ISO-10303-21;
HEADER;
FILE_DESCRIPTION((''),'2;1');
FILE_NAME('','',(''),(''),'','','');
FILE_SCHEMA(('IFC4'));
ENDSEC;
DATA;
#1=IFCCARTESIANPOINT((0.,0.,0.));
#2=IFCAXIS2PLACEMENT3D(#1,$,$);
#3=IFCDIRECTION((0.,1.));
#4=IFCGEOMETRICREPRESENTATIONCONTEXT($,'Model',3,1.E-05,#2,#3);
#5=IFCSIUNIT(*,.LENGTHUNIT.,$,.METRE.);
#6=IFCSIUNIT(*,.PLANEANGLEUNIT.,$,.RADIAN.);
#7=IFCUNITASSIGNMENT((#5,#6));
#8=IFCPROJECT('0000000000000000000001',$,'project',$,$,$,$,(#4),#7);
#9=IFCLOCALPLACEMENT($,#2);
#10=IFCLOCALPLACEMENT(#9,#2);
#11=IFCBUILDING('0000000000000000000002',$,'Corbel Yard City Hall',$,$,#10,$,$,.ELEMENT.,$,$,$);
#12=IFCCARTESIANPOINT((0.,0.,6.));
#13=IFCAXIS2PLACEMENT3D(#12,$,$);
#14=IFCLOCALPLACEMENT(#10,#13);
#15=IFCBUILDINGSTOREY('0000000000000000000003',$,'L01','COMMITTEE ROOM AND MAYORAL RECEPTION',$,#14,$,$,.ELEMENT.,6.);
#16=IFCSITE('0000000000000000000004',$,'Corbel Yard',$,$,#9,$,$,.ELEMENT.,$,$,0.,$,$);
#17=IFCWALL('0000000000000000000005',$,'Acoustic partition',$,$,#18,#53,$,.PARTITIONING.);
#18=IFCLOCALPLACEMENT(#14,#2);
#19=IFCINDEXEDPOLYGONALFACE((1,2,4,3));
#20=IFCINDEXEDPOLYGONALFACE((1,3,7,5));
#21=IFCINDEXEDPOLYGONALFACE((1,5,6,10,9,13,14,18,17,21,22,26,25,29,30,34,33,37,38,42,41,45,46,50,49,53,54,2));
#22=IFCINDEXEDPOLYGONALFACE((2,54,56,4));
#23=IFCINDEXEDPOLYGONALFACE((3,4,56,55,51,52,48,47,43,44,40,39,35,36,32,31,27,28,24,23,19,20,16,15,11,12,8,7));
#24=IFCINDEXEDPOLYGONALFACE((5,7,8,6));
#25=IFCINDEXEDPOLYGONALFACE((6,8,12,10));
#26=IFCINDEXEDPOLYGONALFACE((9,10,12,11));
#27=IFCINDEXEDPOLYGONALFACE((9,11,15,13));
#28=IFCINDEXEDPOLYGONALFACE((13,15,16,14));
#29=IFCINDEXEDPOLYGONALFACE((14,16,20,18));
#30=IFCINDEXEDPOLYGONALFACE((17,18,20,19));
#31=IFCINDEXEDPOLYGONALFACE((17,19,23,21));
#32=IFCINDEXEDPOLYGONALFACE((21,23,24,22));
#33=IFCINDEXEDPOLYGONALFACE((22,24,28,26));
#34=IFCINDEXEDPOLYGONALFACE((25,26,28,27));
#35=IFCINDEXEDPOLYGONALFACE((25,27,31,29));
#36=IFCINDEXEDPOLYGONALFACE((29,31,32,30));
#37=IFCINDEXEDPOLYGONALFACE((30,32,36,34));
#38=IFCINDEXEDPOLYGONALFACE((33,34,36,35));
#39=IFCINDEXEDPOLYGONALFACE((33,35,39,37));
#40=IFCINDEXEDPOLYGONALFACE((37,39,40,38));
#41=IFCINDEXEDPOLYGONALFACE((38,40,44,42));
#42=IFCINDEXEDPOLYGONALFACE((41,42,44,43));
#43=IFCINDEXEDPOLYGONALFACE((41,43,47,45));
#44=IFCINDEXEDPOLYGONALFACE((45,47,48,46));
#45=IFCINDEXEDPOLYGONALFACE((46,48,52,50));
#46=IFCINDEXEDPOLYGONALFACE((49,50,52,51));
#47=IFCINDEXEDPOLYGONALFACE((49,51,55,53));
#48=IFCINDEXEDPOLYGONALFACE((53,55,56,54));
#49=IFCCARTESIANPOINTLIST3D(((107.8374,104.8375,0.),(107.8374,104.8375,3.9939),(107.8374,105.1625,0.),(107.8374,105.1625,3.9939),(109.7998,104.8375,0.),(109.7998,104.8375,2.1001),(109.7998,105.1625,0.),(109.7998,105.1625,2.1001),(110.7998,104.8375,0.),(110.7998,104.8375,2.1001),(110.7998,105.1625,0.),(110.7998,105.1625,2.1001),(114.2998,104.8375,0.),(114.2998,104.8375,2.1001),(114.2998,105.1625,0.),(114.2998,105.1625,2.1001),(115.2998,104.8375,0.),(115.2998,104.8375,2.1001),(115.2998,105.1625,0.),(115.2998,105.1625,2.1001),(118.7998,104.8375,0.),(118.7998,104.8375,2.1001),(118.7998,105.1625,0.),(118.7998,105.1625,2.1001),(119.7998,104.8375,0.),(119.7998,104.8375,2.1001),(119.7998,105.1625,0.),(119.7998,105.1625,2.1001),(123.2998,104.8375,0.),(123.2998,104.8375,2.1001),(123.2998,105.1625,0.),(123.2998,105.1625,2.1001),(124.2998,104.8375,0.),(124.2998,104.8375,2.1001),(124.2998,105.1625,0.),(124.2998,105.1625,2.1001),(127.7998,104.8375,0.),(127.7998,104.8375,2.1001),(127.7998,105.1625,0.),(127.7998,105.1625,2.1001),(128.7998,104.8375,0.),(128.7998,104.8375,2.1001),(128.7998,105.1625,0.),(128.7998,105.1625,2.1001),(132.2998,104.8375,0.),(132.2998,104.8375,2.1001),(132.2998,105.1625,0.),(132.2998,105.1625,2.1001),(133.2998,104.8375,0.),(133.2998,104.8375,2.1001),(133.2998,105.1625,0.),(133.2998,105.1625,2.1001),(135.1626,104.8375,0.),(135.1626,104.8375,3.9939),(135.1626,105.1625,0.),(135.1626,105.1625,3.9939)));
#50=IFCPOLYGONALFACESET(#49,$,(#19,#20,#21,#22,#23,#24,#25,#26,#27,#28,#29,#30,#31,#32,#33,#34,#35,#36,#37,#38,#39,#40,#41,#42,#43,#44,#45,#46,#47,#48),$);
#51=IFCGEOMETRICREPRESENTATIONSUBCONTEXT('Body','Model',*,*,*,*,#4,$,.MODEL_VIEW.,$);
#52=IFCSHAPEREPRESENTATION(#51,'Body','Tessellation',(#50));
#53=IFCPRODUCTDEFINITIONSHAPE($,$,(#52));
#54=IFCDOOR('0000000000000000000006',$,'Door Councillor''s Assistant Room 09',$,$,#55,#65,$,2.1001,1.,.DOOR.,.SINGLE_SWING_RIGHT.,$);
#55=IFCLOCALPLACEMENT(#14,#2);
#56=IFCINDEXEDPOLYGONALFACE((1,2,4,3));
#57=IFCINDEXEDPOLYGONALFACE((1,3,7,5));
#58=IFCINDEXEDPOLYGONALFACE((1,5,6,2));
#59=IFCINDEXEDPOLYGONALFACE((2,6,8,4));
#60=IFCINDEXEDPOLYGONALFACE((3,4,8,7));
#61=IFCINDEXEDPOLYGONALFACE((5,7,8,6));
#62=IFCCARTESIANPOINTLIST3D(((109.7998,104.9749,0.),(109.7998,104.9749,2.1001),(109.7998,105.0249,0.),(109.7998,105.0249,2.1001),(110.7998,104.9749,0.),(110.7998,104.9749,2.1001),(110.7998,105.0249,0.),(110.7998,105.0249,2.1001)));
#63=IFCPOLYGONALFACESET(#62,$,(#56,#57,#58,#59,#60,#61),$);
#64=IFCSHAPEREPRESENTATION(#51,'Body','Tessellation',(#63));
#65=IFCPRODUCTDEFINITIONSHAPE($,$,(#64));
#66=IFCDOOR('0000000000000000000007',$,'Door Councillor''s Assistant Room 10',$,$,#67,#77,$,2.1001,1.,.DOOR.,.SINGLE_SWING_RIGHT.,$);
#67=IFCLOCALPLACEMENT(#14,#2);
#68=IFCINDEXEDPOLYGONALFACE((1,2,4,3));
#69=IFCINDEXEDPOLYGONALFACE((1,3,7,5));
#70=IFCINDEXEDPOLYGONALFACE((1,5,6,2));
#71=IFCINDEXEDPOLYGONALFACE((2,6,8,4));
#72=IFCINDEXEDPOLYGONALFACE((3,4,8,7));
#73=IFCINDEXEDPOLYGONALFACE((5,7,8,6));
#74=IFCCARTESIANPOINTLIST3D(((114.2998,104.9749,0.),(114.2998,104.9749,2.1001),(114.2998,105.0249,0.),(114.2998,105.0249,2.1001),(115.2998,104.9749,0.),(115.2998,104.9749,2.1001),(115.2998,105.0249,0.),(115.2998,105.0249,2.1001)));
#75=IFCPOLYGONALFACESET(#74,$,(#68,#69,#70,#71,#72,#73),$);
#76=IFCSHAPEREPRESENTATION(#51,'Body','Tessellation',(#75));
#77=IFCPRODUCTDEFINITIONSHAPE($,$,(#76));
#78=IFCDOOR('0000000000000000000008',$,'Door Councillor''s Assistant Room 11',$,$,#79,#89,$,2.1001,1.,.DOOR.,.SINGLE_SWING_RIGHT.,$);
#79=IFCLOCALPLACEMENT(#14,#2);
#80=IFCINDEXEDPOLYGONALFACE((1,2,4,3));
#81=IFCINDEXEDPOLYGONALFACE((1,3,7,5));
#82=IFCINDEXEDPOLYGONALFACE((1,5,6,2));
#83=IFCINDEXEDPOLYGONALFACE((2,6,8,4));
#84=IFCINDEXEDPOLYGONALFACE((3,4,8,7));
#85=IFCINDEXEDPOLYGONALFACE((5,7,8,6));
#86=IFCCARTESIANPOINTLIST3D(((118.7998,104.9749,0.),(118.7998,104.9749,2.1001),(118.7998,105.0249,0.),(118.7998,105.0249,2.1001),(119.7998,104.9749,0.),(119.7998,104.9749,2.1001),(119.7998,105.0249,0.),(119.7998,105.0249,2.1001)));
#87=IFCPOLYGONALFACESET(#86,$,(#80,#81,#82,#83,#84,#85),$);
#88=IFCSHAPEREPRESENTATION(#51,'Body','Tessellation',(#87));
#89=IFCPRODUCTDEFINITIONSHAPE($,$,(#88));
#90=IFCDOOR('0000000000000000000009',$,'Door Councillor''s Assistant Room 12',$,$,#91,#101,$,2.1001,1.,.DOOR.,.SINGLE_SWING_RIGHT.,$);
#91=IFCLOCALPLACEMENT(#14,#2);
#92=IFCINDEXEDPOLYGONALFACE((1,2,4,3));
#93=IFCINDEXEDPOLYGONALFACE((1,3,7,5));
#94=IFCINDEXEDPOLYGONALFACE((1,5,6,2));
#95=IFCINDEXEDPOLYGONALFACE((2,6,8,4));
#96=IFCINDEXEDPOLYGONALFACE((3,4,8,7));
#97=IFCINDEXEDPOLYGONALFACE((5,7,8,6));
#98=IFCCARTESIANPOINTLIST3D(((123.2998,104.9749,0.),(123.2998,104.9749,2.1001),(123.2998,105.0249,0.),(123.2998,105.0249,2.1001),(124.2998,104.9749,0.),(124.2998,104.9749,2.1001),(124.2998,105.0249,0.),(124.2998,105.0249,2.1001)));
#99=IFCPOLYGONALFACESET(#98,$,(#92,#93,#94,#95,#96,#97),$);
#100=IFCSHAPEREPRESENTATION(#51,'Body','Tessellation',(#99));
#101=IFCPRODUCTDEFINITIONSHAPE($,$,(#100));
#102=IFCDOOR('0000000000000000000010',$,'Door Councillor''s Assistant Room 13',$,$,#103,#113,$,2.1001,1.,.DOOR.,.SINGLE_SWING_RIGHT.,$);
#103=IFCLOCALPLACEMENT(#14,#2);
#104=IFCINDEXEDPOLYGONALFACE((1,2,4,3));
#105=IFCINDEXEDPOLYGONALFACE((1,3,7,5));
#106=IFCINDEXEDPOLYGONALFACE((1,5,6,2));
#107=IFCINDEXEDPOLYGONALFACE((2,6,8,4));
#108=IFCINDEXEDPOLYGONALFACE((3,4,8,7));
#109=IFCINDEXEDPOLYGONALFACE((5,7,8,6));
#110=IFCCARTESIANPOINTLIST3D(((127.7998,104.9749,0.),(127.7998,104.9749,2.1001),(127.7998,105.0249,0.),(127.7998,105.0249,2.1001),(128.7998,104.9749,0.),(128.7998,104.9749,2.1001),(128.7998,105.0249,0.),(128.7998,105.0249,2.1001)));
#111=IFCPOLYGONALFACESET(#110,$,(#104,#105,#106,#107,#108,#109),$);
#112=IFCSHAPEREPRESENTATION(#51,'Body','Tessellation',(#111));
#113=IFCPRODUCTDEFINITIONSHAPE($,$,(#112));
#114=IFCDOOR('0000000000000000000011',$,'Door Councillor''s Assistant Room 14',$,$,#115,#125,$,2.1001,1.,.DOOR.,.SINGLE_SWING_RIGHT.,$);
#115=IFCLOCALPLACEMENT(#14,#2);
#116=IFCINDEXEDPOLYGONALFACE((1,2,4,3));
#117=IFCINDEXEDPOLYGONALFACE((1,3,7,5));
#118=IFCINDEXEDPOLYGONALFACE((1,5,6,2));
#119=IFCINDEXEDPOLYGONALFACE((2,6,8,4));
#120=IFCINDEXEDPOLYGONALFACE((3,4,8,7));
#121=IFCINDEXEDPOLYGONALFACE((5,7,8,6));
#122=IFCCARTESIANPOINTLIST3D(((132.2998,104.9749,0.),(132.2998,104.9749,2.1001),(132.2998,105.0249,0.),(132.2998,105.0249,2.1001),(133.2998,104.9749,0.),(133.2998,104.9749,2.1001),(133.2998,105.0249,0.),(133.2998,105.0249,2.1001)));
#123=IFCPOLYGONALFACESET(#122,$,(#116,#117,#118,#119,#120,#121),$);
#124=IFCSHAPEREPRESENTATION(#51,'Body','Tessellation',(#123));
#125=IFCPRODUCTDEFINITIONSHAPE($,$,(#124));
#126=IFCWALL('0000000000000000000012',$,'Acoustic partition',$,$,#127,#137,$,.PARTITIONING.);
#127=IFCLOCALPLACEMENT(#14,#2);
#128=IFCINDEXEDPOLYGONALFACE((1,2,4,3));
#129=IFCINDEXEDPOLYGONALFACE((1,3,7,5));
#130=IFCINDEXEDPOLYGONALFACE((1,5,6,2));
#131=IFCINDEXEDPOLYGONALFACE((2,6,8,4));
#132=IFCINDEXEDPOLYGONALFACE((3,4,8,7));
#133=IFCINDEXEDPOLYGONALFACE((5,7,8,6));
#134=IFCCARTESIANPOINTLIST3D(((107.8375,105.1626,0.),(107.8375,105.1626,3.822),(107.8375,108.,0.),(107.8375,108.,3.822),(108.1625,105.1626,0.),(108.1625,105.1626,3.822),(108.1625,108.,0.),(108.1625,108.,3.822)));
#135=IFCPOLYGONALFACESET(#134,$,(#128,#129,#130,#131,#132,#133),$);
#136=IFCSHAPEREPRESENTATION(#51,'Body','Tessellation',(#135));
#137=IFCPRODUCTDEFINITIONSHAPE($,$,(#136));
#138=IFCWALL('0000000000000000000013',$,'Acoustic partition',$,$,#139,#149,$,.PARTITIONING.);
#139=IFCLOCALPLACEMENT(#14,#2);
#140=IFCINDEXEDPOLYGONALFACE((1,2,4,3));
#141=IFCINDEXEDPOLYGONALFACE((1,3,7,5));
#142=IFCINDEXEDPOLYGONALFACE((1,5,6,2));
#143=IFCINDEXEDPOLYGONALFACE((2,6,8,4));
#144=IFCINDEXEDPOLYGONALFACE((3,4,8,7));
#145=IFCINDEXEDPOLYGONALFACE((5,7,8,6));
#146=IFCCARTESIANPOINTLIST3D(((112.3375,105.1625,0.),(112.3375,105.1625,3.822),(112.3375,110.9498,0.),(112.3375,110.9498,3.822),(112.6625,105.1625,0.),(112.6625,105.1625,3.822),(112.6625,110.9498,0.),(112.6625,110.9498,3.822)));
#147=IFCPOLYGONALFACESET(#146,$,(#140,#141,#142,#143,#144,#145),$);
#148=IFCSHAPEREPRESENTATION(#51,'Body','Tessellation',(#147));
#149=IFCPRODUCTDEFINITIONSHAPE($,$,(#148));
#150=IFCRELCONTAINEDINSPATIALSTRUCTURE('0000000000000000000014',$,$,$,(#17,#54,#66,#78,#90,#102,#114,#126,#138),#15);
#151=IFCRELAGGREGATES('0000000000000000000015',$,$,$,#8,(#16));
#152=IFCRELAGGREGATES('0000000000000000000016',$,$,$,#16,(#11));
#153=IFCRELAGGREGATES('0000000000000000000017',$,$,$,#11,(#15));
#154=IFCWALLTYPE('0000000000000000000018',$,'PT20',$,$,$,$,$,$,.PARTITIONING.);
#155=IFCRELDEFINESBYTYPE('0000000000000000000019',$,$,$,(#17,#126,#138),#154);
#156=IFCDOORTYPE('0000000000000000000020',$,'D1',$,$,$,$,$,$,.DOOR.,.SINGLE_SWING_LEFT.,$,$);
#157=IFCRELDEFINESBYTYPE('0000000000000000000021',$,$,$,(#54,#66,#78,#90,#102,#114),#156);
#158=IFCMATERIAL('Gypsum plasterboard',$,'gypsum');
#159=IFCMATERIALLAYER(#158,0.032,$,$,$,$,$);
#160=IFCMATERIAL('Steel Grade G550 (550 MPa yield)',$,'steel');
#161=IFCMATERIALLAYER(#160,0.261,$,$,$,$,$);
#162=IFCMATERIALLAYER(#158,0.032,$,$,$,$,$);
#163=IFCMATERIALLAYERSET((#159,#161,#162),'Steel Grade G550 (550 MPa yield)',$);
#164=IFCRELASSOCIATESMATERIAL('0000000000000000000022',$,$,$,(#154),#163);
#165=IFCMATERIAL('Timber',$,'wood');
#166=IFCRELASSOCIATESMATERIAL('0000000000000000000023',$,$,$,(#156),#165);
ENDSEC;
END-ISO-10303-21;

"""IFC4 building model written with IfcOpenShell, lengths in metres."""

from ifc_helpers import new_model, si_unit, direction, frame, frame_2d, origin, place, context, subcontext, project, spatial, rectangle, extrude, material, layer, layer_set, type_object, element, fill, save


model = new_model("IFC4")

# Units and contexts
model_context = context("Model", 3, precision=1e-05, world=origin(), true_north=direction((0.0, 1.0)))
body_context = subcontext(model_context, "Body", "Model", "MODEL_VIEW")
ifc_project = project(units=[si_unit("LENGTHUNIT", "METRE"), si_unit("PLANEANGLEUNIT", "RADIAN")], contexts=[model_context])

# Site, building, storey
site_placement = place(None, origin())
site = spatial("IfcSite", under=ifc_project, at=site_placement, Name="Corbel Yard", CompositionType="ELEMENT", RefElevation=0.0)
building_placement = place(site_placement, origin())
building = spatial("IfcBuilding", under=site, at=building_placement, Name="Corbel Yard City Hall", CompositionType="ELEMENT")
storey_placement = place(building_placement, frame((0.0, 0.0, 6.0)))
storey = spatial("IfcBuildingStorey", under=building, at=storey_placement, Name="L01", Description="COMMITTEE ROOM AND MAYORAL RECEPTION", CompositionType="ELEMENT", Elevation=6.0)

# Wall, openings, doors
ifc_material_1 = material(Name="Gypsum plasterboard", Category="gypsum")
ifc_layer_1 = layer(ifc_material_1, 0.032)
ifc_material_2 = material(Name="Steel Grade G550 (550 MPa yield)", Category="steel")
ifc_layer_2 = layer(ifc_material_2, 0.261)
ifc_layer_3 = layer(ifc_material_1, 0.032)
ifc_layer_set = layer_set([ifc_layer_1, ifc_layer_2, ifc_layer_3], Name="Steel Grade G550 (550 MPa yield)")
wall_type = type_object("IfcWallType", Name="PT20", PredefinedType="PARTITIONING", material=ifc_layer_set)
wall_1_placement = place(storey_placement, frame((107.8374, 105.0, 0.0), z_axis=(0.0, 0.0, 1.0), x_axis=(1.0, 0.0, 0.0)))
wall_1 = element("IfcWall", 1, at=wall_1_placement, inside=storey, type_object=wall_type, Name="Acoustic partition", PredefinedType="PARTITIONING", context=body_context, shape_type="SweptSolid", body=[
    extrude(rectangle(XDim=27.3252, YDim=0.325, at=frame_2d((13.6626, 0.0))), origin(), (0.0, 0.0, 1.0), 3.9939),
])
opening_1_placement = place(wall_1_placement, frame((1.9624, 0.0, 0.0)))
opening_1 = element("IfcOpeningElement", 2, at=opening_1_placement, cuts=wall_1, PredefinedType="OPENING", context=body_context, shape_type="SweptSolid", body=[
    extrude(rectangle(XDim=1.0, YDim=2.1001, at=frame_2d((0.5, 1.05))), frame((0.0, 0.1724, 0.0), z_axis=(0.0, -1.0, 0.0), x_axis=(1.0, 0.0, 0.0)), (0.0, 0.0, 1.0), 0.345),
])
opening_2_placement = place(wall_1_placement, frame((6.4624, 0.0, 0.0)))
opening_2 = element("IfcOpeningElement", 3, at=opening_2_placement, cuts=wall_1, PredefinedType="OPENING", context=body_context, shape_type="SweptSolid", body=[
    extrude(rectangle(XDim=1.0, YDim=2.1001, at=frame_2d((0.5, 1.05))), frame((0.0, 0.1724, 0.0), z_axis=(0.0, -1.0, 0.0), x_axis=(1.0, 0.0, 0.0)), (0.0, 0.0, 1.0), 0.345),
])
opening_3_placement = place(wall_1_placement, frame((10.9624, 0.0, 0.0)))
opening_3 = element("IfcOpeningElement", 4, at=opening_3_placement, cuts=wall_1, PredefinedType="OPENING", context=body_context, shape_type="SweptSolid", body=[
    extrude(rectangle(XDim=1.0, YDim=2.1001, at=frame_2d((0.5, 1.05))), frame((0.0, 0.1724, 0.0), z_axis=(0.0, -1.0, 0.0), x_axis=(1.0, 0.0, 0.0)), (0.0, 0.0, 1.0), 0.345),
])
opening_4_placement = place(wall_1_placement, frame((15.4624, 0.0, 0.0)))
opening_4 = element("IfcOpeningElement", 5, at=opening_4_placement, cuts=wall_1, PredefinedType="OPENING", context=body_context, shape_type="SweptSolid", body=[
    extrude(rectangle(XDim=1.0, YDim=2.1001, at=frame_2d((0.5, 1.05))), frame((0.0, 0.1724, 0.0), z_axis=(0.0, -1.0, 0.0), x_axis=(1.0, 0.0, 0.0)), (0.0, 0.0, 1.0), 0.345),
])
opening_5_placement = place(wall_1_placement, frame((19.9624, 0.0, 0.0)))
opening_5 = element("IfcOpeningElement", 6, at=opening_5_placement, cuts=wall_1, PredefinedType="OPENING", context=body_context, shape_type="SweptSolid", body=[
    extrude(rectangle(XDim=1.0, YDim=2.1001, at=frame_2d((0.5, 1.05))), frame((0.0, 0.1724, 0.0), z_axis=(0.0, -1.0, 0.0), x_axis=(1.0, 0.0, 0.0)), (0.0, 0.0, 1.0), 0.345),
])
opening_6_placement = place(wall_1_placement, frame((24.4624, 0.0, 0.0)))
opening_6 = element("IfcOpeningElement", 7, at=opening_6_placement, cuts=wall_1, PredefinedType="OPENING", context=body_context, shape_type="SweptSolid", body=[
    extrude(rectangle(XDim=1.0, YDim=2.1001, at=frame_2d((0.5, 1.05))), frame((0.0, 0.1724, 0.0), z_axis=(0.0, -1.0, 0.0), x_axis=(1.0, 0.0, 0.0)), (0.0, 0.0, 1.0), 0.345),
])
ifc_material_3 = material(Name="Timber", Category="wood")
door_type = type_object("IfcDoorType", Name="D1", OperationType="SINGLE_SWING_LEFT", PredefinedType="DOOR", material=ifc_material_3)
door_1_placement = place(opening_1_placement, origin())
door_1 = element("IfcDoor", 8, at=door_1_placement, inside=storey, type_object=door_type, Name="Door Councillor's Assistant Room 09", OperationType="SINGLE_SWING_RIGHT", OverallHeight=2.1001, OverallWidth=1.0, PredefinedType="DOOR", context=body_context, shape_type="SweptSolid", body=[
    extrude(rectangle(XDim=1.0, YDim=2.1001, at=frame_2d((0.5, 1.05))), frame((0.0, 0.0249, 0.0), z_axis=(0.0, -1.0, 0.0), x_axis=(1.0, 0.0, 0.0)), (0.0, 0.0, 1.0), 0.05),
])
fill(opening_1, door_1)
door_2_placement = place(opening_2_placement, origin())
door_2 = element("IfcDoor", 9, at=door_2_placement, inside=storey, type_object=door_type, Name="Door Councillor's Assistant Room 10", OperationType="SINGLE_SWING_RIGHT", OverallHeight=2.1001, OverallWidth=1.0, PredefinedType="DOOR", context=body_context, shape_type="SweptSolid", body=[
    extrude(rectangle(XDim=1.0, YDim=2.1001, at=frame_2d((0.5, 1.05))), frame((0.0, 0.0249, 0.0), z_axis=(0.0, -1.0, 0.0), x_axis=(1.0, 0.0, 0.0)), (0.0, 0.0, 1.0), 0.05),
])
fill(opening_2, door_2)
door_3_placement = place(opening_3_placement, origin())
door_3 = element("IfcDoor", 10, at=door_3_placement, inside=storey, type_object=door_type, Name="Door Councillor's Assistant Room 11", OperationType="SINGLE_SWING_RIGHT", OverallHeight=2.1001, OverallWidth=1.0, PredefinedType="DOOR", context=body_context, shape_type="SweptSolid", body=[
    extrude(rectangle(XDim=1.0, YDim=2.1001, at=frame_2d((0.5, 1.05))), frame((0.0, 0.0249, 0.0), z_axis=(0.0, -1.0, 0.0), x_axis=(1.0, 0.0, 0.0)), (0.0, 0.0, 1.0), 0.05),
])
fill(opening_3, door_3)
door_4_placement = place(opening_4_placement, origin())
door_4 = element("IfcDoor", 11, at=door_4_placement, inside=storey, type_object=door_type, Name="Door Councillor's Assistant Room 12", OperationType="SINGLE_SWING_RIGHT", OverallHeight=2.1001, OverallWidth=1.0, PredefinedType="DOOR", context=body_context, shape_type="SweptSolid", body=[
    extrude(rectangle(XDim=1.0, YDim=2.1001, at=frame_2d((0.5, 1.05))), frame((0.0, 0.0249, 0.0), z_axis=(0.0, -1.0, 0.0), x_axis=(1.0, 0.0, 0.0)), (0.0, 0.0, 1.0), 0.05),
])
fill(opening_4, door_4)
door_5_placement = place(opening_5_placement, origin())
door_5 = element("IfcDoor", 12, at=door_5_placement, inside=storey, type_object=door_type, Name="Door Councillor's Assistant Room 13", OperationType="SINGLE_SWING_RIGHT", OverallHeight=2.1001, OverallWidth=1.0, PredefinedType="DOOR", context=body_context, shape_type="SweptSolid", body=[
    extrude(rectangle(XDim=1.0, YDim=2.1001, at=frame_2d((0.5, 1.05))), frame((0.0, 0.0249, 0.0), z_axis=(0.0, -1.0, 0.0), x_axis=(1.0, 0.0, 0.0)), (0.0, 0.0, 1.0), 0.05),
])
fill(opening_5, door_5)
door_6_placement = place(opening_6_placement, origin())
door_6 = element("IfcDoor", 13, at=door_6_placement, inside=storey, type_object=door_type, Name="Door Councillor's Assistant Room 14", OperationType="SINGLE_SWING_RIGHT", OverallHeight=2.1001, OverallWidth=1.0, PredefinedType="DOOR", context=body_context, shape_type="SweptSolid", body=[
    extrude(rectangle(XDim=1.0, YDim=2.1001, at=frame_2d((0.5, 1.05))), frame((0.0, 0.0249, 0.0), z_axis=(0.0, -1.0, 0.0), x_axis=(1.0, 0.0, 0.0)), (0.0, 0.0, 1.0), 0.05),
])
fill(opening_6, door_6)

# Walls
wall_2_placement = place(storey_placement, frame((108.0, 105.1626, 0.0), z_axis=(0.0, 0.0, 1.0), x_axis=(0.0, 1.0, 0.0)))
element("IfcWall", 14, at=wall_2_placement, inside=storey, type_object=wall_type, Name="Acoustic partition", PredefinedType="PARTITIONING", context=body_context, shape_type="SweptSolid", body=[
    extrude(rectangle(XDim=2.8374, YDim=0.325, at=frame_2d((1.4187, 0.0))), origin(), (0.0, 0.0, 1.0), 3.822),
])
wall_3_placement = place(storey_placement, frame((112.5, 105.1626, 0.0), z_axis=(0.0, 0.0, 1.0), x_axis=(0.0, 1.0, 0.0)))
element("IfcWall", 15, at=wall_3_placement, inside=storey, type_object=wall_type, Name="Acoustic partition", PredefinedType="PARTITIONING", context=body_context, shape_type="SweptSolid", body=[
    extrude(rectangle(XDim=5.7874, YDim=0.325, at=frame_2d((2.8936, 0.0))), origin(), (0.0, 0.0, 1.0), 3.822),
])

save(model, "model.ifc")
